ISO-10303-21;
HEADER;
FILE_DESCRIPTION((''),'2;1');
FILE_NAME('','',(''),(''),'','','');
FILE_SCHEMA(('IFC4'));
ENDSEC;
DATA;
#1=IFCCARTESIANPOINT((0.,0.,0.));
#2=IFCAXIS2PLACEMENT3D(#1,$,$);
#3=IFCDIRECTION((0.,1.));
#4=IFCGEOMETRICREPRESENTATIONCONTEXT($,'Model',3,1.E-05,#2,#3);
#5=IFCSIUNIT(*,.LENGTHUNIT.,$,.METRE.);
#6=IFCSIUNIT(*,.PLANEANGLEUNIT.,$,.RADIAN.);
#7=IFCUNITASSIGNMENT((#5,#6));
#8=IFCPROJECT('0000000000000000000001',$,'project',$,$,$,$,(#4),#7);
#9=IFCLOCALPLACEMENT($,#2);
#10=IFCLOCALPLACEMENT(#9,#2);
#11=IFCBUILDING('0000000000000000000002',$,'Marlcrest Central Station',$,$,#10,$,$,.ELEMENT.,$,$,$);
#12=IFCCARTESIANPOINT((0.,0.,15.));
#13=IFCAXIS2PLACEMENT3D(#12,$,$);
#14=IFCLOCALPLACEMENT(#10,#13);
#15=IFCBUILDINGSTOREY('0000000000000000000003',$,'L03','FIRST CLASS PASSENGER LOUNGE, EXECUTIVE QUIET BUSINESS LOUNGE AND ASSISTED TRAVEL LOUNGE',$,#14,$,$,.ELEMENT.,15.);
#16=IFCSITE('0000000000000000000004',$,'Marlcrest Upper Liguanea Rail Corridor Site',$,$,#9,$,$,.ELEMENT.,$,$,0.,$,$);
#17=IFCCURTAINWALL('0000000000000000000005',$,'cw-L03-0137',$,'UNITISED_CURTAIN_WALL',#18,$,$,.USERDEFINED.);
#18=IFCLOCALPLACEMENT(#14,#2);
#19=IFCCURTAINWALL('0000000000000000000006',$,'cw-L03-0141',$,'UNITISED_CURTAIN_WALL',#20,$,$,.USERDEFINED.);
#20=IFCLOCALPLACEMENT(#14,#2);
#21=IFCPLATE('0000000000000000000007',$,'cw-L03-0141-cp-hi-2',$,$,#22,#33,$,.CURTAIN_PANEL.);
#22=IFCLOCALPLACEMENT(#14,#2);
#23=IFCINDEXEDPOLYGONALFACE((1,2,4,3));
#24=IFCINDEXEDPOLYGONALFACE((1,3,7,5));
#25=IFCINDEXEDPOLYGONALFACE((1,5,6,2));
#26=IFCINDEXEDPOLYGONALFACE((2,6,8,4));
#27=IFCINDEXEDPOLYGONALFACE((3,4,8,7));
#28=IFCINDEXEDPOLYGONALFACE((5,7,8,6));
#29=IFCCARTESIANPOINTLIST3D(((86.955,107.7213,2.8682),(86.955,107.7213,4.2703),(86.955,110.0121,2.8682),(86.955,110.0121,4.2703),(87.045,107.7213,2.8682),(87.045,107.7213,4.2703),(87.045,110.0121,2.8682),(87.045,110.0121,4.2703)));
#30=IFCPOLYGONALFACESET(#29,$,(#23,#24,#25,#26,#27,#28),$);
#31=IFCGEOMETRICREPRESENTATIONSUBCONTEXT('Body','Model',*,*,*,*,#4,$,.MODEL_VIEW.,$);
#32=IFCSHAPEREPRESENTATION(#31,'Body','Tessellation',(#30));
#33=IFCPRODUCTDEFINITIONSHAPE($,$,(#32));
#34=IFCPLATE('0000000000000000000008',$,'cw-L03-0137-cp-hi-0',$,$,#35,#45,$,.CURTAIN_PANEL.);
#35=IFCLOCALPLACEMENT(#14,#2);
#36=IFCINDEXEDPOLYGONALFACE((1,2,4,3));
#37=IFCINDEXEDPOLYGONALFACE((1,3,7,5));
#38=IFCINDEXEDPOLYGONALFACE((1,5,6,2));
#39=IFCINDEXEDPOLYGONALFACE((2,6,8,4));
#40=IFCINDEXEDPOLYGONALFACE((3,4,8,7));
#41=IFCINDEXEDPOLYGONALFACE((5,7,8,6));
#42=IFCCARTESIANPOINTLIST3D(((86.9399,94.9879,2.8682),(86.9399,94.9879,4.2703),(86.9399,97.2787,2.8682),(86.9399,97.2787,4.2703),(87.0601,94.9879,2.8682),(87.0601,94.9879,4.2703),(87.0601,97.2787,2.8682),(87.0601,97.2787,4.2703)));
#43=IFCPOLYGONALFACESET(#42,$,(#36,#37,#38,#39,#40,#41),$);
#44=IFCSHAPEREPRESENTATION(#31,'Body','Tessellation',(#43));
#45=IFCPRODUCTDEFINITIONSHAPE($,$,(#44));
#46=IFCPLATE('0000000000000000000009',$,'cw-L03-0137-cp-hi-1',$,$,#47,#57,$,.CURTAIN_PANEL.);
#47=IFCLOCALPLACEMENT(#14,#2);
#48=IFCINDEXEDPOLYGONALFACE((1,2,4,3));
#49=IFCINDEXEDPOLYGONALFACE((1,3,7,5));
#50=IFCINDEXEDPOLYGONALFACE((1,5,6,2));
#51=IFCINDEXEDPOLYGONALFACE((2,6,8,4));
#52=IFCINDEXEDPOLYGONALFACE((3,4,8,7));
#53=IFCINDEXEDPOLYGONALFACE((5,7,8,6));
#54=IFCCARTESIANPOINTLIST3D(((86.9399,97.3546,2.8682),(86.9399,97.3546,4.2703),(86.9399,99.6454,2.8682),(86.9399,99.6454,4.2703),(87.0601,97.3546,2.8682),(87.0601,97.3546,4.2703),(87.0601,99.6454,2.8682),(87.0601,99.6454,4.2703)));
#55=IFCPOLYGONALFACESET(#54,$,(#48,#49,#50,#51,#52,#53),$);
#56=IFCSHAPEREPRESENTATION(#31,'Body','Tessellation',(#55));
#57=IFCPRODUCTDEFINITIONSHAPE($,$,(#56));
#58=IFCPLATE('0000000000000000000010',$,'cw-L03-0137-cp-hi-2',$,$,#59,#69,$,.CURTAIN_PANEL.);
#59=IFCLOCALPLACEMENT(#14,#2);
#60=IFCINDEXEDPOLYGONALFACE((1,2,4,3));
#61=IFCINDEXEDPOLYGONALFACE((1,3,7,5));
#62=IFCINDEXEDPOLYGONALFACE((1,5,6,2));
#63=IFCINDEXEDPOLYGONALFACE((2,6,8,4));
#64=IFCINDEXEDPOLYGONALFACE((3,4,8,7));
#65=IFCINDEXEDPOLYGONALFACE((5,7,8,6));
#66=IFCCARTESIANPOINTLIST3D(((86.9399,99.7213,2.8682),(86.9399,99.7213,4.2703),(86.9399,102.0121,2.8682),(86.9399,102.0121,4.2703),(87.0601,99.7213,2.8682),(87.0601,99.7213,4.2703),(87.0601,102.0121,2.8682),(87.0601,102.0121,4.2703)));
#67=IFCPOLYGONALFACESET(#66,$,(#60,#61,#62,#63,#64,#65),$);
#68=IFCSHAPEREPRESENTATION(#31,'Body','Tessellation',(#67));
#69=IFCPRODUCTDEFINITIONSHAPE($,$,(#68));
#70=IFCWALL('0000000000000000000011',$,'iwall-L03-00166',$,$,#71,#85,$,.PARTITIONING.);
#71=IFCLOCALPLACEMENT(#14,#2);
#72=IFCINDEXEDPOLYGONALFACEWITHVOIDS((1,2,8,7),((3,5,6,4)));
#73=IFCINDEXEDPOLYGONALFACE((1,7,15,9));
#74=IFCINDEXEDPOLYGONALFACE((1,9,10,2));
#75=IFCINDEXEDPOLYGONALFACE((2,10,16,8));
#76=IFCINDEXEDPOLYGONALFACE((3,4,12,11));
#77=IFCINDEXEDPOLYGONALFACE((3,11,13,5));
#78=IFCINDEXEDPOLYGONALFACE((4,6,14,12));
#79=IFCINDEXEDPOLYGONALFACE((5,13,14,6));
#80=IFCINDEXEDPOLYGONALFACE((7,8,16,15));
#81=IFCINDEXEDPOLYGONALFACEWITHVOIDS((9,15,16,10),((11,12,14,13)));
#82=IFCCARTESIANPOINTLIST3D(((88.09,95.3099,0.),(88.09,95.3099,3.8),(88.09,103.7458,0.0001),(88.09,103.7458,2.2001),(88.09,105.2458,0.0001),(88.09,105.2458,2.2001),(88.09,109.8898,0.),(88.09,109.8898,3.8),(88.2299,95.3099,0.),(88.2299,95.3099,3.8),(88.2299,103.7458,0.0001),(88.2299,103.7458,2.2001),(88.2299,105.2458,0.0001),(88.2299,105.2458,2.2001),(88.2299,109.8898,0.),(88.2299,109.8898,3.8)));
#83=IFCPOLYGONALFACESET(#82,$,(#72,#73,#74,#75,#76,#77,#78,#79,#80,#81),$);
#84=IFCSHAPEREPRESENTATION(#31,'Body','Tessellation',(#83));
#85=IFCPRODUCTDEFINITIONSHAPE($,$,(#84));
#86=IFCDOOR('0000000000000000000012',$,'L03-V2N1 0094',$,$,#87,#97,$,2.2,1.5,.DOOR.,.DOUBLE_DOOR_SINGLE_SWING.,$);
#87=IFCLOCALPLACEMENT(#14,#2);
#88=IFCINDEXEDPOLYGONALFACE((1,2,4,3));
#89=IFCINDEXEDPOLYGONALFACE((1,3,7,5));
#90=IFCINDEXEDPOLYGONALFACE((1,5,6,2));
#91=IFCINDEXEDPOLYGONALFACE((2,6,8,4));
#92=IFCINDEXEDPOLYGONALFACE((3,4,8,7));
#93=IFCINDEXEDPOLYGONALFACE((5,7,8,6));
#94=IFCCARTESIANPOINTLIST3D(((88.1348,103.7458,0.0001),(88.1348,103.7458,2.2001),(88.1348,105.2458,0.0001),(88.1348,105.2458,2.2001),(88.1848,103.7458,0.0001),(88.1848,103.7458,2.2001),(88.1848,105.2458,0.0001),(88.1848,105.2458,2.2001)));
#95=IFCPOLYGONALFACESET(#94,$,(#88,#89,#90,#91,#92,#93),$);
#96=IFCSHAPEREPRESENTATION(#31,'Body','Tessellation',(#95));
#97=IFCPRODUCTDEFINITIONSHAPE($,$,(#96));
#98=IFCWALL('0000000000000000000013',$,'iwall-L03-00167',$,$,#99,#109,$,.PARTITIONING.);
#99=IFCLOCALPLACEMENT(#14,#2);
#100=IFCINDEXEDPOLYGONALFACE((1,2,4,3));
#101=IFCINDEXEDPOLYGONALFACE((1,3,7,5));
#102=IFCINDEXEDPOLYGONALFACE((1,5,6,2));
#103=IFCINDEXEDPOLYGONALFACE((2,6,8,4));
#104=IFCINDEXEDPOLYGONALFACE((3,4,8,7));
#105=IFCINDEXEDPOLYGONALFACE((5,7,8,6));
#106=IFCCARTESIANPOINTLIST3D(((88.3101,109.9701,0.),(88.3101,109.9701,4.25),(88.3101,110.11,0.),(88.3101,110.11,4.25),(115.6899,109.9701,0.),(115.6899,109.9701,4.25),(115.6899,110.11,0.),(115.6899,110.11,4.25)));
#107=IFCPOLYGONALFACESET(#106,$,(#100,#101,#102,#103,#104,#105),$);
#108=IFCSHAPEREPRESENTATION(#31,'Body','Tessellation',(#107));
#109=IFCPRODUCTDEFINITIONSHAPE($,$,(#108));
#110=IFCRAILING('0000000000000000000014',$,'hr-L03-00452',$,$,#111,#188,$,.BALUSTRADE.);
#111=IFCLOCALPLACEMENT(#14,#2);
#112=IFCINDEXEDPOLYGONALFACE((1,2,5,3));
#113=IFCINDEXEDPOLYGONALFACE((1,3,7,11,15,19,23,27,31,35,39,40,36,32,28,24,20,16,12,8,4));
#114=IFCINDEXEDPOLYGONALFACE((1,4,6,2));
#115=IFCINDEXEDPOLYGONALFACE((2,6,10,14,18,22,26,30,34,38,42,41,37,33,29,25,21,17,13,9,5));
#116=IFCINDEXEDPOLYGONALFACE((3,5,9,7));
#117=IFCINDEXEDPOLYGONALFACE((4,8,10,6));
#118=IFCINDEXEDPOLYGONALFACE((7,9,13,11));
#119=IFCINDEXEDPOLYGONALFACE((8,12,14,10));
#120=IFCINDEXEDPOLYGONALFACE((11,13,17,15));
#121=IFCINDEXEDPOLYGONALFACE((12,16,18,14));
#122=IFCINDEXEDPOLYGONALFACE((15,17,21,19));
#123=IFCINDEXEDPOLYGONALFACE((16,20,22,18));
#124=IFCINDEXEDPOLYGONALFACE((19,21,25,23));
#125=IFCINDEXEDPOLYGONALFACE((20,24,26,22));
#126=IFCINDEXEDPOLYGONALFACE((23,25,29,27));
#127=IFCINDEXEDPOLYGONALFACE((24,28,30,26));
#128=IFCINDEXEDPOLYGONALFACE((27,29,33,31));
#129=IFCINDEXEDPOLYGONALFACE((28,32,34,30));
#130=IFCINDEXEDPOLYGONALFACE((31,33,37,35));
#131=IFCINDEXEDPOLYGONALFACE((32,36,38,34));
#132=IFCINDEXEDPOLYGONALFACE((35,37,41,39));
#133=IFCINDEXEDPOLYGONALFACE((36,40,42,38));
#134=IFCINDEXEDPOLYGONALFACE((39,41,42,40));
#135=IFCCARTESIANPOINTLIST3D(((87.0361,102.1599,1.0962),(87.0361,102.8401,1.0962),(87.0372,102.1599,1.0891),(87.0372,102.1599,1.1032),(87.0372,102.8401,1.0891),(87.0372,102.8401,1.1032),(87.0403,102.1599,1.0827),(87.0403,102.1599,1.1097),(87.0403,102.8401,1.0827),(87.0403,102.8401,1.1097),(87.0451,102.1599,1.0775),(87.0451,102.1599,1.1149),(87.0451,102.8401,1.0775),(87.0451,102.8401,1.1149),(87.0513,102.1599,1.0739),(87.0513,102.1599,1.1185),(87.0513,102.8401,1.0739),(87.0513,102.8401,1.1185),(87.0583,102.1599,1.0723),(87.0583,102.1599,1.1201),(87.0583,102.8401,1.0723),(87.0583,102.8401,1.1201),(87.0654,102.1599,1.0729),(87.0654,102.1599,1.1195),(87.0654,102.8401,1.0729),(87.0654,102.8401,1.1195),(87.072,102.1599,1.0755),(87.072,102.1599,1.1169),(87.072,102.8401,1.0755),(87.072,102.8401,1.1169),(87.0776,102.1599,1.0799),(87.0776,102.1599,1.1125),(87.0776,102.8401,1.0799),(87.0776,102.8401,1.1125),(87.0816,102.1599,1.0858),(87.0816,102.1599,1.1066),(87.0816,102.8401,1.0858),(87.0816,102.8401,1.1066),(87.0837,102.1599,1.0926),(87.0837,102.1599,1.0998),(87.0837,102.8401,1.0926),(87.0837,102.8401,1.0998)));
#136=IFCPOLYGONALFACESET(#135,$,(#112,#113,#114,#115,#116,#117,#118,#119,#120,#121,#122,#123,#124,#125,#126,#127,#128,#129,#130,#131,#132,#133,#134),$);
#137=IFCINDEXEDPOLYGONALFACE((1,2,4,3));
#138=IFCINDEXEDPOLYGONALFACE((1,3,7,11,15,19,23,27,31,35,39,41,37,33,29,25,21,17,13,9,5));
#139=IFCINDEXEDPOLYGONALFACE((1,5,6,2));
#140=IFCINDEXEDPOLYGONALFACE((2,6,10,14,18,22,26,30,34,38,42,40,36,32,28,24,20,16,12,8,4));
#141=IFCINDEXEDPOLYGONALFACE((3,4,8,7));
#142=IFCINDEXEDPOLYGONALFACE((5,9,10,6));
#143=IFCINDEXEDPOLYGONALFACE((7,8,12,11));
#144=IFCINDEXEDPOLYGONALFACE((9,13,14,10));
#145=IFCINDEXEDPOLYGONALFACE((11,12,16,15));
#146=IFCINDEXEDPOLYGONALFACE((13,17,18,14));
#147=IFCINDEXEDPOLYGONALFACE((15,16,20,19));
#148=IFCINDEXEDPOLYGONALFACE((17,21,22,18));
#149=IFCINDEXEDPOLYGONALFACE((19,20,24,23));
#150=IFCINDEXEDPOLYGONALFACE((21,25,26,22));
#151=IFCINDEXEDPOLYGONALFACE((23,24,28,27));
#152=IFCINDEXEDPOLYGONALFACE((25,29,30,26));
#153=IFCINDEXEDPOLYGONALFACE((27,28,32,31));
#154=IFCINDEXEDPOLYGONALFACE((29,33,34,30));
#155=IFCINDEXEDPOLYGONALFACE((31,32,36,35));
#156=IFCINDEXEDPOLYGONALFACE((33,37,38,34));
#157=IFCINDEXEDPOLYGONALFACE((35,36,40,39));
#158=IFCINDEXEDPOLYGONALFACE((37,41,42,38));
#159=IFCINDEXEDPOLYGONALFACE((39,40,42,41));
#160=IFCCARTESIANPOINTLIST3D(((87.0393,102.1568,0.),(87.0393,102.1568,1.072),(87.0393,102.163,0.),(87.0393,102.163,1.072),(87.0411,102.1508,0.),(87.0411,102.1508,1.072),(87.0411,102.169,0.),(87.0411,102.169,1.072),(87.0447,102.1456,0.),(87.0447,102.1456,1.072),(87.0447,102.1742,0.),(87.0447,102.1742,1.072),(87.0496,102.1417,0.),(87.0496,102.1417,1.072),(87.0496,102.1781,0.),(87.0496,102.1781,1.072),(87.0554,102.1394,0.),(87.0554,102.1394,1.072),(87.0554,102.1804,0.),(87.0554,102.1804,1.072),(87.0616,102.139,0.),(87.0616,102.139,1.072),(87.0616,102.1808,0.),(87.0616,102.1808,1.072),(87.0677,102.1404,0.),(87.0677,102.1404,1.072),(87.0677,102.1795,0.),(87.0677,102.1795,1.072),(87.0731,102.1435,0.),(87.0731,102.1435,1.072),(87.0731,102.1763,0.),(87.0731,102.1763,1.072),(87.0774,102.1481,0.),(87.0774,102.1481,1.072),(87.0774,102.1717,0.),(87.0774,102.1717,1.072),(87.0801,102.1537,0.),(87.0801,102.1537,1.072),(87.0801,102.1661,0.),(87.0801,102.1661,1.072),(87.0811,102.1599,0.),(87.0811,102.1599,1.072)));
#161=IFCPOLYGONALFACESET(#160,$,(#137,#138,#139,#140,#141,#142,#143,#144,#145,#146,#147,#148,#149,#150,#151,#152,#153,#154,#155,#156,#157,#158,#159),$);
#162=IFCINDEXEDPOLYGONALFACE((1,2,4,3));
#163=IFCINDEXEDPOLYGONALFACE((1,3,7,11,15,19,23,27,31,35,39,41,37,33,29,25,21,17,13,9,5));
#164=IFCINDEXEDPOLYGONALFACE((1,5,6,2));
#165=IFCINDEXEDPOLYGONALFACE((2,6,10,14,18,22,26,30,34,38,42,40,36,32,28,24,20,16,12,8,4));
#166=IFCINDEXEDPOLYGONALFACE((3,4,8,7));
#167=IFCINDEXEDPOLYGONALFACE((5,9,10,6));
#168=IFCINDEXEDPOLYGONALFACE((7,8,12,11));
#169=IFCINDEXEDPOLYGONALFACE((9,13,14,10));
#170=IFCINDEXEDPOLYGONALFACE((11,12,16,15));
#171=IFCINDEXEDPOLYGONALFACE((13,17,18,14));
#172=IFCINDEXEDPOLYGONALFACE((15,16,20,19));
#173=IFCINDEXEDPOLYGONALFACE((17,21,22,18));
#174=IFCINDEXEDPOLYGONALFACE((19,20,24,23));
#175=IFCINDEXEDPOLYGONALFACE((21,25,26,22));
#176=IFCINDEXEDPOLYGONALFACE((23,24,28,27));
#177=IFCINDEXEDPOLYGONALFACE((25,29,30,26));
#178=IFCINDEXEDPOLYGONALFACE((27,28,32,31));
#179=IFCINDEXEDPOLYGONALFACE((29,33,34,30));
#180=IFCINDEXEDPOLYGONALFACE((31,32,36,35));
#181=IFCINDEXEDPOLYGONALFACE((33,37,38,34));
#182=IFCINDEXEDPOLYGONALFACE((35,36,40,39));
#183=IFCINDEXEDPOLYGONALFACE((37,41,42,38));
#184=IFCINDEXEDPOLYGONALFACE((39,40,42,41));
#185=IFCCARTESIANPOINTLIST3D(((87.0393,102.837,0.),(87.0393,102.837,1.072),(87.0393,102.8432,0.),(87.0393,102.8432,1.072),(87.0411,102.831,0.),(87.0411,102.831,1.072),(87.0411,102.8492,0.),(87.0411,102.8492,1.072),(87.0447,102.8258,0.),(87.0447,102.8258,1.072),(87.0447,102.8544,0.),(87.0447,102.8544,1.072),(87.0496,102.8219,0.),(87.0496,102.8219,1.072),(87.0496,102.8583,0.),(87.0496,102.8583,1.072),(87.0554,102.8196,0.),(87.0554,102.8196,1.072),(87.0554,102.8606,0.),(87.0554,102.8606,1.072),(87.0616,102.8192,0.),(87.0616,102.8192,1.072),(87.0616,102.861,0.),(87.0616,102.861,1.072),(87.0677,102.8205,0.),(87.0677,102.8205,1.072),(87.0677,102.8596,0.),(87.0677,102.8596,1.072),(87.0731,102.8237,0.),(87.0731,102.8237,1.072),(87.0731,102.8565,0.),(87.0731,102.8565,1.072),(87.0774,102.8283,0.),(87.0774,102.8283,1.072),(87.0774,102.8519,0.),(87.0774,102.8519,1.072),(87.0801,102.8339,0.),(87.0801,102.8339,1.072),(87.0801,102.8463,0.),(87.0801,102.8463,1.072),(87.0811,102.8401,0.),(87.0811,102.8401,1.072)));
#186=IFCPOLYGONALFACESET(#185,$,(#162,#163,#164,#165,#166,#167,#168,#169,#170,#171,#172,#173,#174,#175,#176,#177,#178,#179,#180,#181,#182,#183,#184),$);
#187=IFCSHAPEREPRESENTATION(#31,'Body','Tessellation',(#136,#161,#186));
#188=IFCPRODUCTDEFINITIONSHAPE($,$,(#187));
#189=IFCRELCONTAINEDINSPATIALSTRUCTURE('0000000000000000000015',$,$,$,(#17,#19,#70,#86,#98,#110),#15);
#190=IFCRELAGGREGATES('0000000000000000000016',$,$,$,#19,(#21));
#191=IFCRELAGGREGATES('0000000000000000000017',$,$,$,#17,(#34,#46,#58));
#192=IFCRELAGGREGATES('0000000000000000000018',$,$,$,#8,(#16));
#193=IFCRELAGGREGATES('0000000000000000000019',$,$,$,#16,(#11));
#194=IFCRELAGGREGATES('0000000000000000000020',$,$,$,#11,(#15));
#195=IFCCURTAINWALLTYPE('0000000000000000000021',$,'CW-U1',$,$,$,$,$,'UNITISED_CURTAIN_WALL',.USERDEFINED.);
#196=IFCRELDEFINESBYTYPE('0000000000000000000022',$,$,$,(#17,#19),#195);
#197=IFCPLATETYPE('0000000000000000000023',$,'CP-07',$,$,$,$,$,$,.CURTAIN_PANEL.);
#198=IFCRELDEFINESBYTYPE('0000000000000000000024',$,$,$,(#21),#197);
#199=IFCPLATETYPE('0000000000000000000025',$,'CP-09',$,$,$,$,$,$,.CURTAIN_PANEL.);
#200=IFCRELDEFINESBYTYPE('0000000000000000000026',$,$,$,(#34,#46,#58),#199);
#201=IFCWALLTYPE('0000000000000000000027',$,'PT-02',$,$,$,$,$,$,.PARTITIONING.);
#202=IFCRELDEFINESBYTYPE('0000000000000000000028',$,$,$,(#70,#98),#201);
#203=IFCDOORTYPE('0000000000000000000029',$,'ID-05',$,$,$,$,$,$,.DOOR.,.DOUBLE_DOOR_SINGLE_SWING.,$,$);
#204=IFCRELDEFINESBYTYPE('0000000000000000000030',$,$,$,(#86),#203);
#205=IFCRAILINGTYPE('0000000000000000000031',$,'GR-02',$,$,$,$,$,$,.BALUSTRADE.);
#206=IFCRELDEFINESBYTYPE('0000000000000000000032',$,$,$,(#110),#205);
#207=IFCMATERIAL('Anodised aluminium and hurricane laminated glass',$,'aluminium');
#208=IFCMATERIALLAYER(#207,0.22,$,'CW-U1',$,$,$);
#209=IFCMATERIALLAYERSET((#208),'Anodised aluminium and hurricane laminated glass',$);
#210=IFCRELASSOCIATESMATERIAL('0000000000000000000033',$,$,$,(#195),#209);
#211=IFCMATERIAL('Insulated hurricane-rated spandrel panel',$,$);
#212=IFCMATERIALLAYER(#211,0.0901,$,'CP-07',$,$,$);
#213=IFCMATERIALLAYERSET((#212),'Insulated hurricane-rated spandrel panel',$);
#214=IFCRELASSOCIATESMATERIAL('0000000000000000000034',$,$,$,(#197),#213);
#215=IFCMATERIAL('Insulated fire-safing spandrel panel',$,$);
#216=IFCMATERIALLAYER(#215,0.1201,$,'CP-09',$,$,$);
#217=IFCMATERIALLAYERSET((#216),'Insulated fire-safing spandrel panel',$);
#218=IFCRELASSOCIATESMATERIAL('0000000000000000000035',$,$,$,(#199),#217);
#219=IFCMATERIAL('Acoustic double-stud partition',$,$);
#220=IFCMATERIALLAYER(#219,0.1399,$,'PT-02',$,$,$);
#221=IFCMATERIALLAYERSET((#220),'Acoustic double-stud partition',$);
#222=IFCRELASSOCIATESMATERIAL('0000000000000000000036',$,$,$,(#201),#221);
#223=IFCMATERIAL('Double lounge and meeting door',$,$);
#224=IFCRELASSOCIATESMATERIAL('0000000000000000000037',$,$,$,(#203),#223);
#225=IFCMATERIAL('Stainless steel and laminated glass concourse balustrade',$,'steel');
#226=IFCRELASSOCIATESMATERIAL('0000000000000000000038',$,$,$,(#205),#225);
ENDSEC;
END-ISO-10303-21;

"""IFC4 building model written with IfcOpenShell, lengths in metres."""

from ifc_helpers import new_model, si_unit, direction, frame, frame_2d, origin, origin_2d, place, context, subcontext, project, spatial, rectangle, circle, extrude, material, layer, layer_set, type_object, element, fill, aggregate, save


model = new_model("IFC4")

# Units and contexts
model_context = context("Model", 3, precision=1e-05, world=origin(), true_north=direction((0.0, 1.0)))
body_context = subcontext(model_context, "Body", "Model", "MODEL_VIEW")
ifc_project = project(units=[si_unit("LENGTHUNIT", "METRE"), si_unit("PLANEANGLEUNIT", "RADIAN")], contexts=[model_context])

# Site, building, storey
site_placement = place(None, origin())
site = spatial("IfcSite", under=ifc_project, at=site_placement, Name="Marlcrest Upper Liguanea Rail Corridor Site", CompositionType="ELEMENT", RefElevation=0.0)
building_placement = place(site_placement, origin())
building = spatial("IfcBuilding", under=site, at=building_placement, Name="Marlcrest Central Station", CompositionType="ELEMENT")
storey_placement = place(building_placement, frame((0.0, 0.0, 15.0)))
storey = spatial("IfcBuildingStorey", under=building, at=storey_placement, Name="L03", Description="FIRST CLASS PASSENGER LOUNGE, EXECUTIVE QUIET BUSINESS LOUNGE AND ASSISTED TRAVEL LOUNGE", CompositionType="ELEMENT", Elevation=15.0)

# Curtain walls
ifc_material_1 = material(Name="Anodised aluminium and hurricane laminated glass", Category="aluminium")
ifc_layer_1 = layer(ifc_material_1, 0.22, Name="CW-U1")
ifc_layer_set_1 = layer_set([ifc_layer_1], Name="Anodised aluminium and hurricane laminated glass")
curtain_wall_type = type_object("IfcCurtainWallType", Name="CW-U1", ElementType="UNITISED_CURTAIN_WALL", PredefinedType="USERDEFINED", material=ifc_layer_set_1)
curtain_wall_1_placement = place(storey_placement, origin())
curtain_wall_1 = element("IfcCurtainWall", 1, at=curtain_wall_1_placement, inside=storey, type_object=curtain_wall_type, Name="cw-L03-0137", ObjectType="UNITISED_CURTAIN_WALL", PredefinedType="USERDEFINED")
curtain_wall_2_placement = place(storey_placement, origin())
curtain_wall_2 = element("IfcCurtainWall", 2, at=curtain_wall_2_placement, inside=storey, type_object=curtain_wall_type, Name="cw-L03-0141", ObjectType="UNITISED_CURTAIN_WALL", PredefinedType="USERDEFINED")

# Plates
ifc_material_2 = material(Name="Insulated hurricane-rated spandrel panel")
ifc_layer_2 = layer(ifc_material_2, 0.0901, Name="CP-07")
ifc_layer_set_2 = layer_set([ifc_layer_2], Name="Insulated hurricane-rated spandrel panel")
plate_type_1 = type_object("IfcPlateType", Name="CP-07", PredefinedType="CURTAIN_PANEL", material=ifc_layer_set_2)
plate_1_placement = place(storey_placement, frame((87.0, 108.8667, 2.8682), z_axis=(0.0, 0.0, 1.0), x_axis=(0.0, 1.0, 0.0)))
plate_1 = element("IfcPlate", 3, at=plate_1_placement, type_object=plate_type_1, Name="cw-L03-0141-cp-hi-2", PredefinedType="CURTAIN_PANEL", context=body_context, shape_type="SweptSolid", body=[
    extrude(rectangle(XDim=2.2908, YDim=0.0901, at=origin_2d()), origin(), (0.0, 0.0, 1.0), 1.4021),
])
aggregate(curtain_wall_2, [plate_1])
ifc_material_3 = material(Name="Insulated fire-safing spandrel panel")
ifc_layer_3 = layer(ifc_material_3, 0.1201, Name="CP-09")
ifc_layer_set_3 = layer_set([ifc_layer_3], Name="Insulated fire-safing spandrel panel")
plate_type_2 = type_object("IfcPlateType", Name="CP-09", PredefinedType="CURTAIN_PANEL", material=ifc_layer_set_3)
plate_2_placement = place(storey_placement, frame((87.0, 96.1333, 2.8682), z_axis=(0.0, 0.0, 1.0), x_axis=(0.0, 1.0, 0.0)))
plate_2 = element("IfcPlate", 4, at=plate_2_placement, type_object=plate_type_2, Name="cw-L03-0137-cp-hi-0", PredefinedType="CURTAIN_PANEL", context=body_context, shape_type="SweptSolid", body=[
    extrude(rectangle(XDim=2.2908, YDim=0.1201, at=origin_2d()), origin(), (0.0, 0.0, 1.0), 1.4021),
])
plate_3_placement = place(storey_placement, frame((87.0, 98.5, 2.8682), z_axis=(0.0, 0.0, 1.0), x_axis=(0.0, 1.0, 0.0)))
plate_3 = element("IfcPlate", 5, at=plate_3_placement, type_object=plate_type_2, Name="cw-L03-0137-cp-hi-1", PredefinedType="CURTAIN_PANEL", context=body_context, shape_type="SweptSolid", body=[
    extrude(rectangle(XDim=2.2908, YDim=0.1201, at=origin_2d()), origin(), (0.0, 0.0, 1.0), 1.4021),
])
plate_4_placement = place(storey_placement, frame((87.0, 100.8667, 2.8682), z_axis=(0.0, 0.0, 1.0), x_axis=(0.0, 1.0, 0.0)))
plate_4 = element("IfcPlate", 6, at=plate_4_placement, type_object=plate_type_2, Name="cw-L03-0137-cp-hi-2", PredefinedType="CURTAIN_PANEL", context=body_context, shape_type="SweptSolid", body=[
    extrude(rectangle(XDim=2.2908, YDim=0.1201, at=origin_2d()), origin(), (0.0, 0.0, 1.0), 1.4021),
])
aggregate(curtain_wall_1, [plate_2, plate_3, plate_4])

# Wall, opening, door
ifc_material_4 = material(Name="Acoustic double-stud partition")
ifc_layer_4 = layer(ifc_material_4, 0.1399, Name="PT-02")
ifc_layer_set_4 = layer_set([ifc_layer_4], Name="Acoustic double-stud partition")
wall_type = type_object("IfcWallType", Name="PT-02", PredefinedType="PARTITIONING", material=ifc_layer_set_4)
wall_1_placement = place(storey_placement, frame((88.1599, 109.8899, 0.0), z_axis=(0.0, 0.0, 1.0), x_axis=(0.0, -1.0, 0.0)))
wall_1 = element("IfcWall", 7, at=wall_1_placement, inside=storey, type_object=wall_type, Name="iwall-L03-00166", PredefinedType="PARTITIONING", context=body_context, shape_type="SweptSolid", body=[
    extrude(rectangle(XDim=14.5798, YDim=0.1399, at=frame_2d((7.29, 0.0))), origin(), (0.0, 0.0, 1.0), 3.8),
])
opening_placement = place(wall_1_placement, frame((4.644, 0.0, 0.0)))
opening = element("IfcOpeningElement", 8, at=opening_placement, cuts=wall_1, PredefinedType="OPENING", context=body_context, shape_type="SweptSolid", body=[
    extrude(rectangle(XDim=1.5, YDim=2.2, at=frame_2d((0.75, 1.1001))), frame((0.0, 0.0798, 0.0), z_axis=(0.0, -1.0, 0.0), x_axis=(1.0, 0.0, 0.0)), (0.0, 0.0, 1.0), 0.1599),
])
ifc_material_5 = material(Name="Double lounge and meeting door")
door_type = type_object("IfcDoorType", Name="ID-05", OperationType="DOUBLE_DOOR_SINGLE_SWING", PredefinedType="DOOR", material=ifc_material_5)
door_placement = place(opening_placement, origin())
door = element("IfcDoor", 9, at=door_placement, inside=storey, type_object=door_type, Name="L03-V2N1 0094", OperationType="DOUBLE_DOOR_SINGLE_SWING", OverallHeight=2.2, OverallWidth=1.5, PredefinedType="DOOR", context=body_context, shape_type="SweptSolid", body=[
    extrude(rectangle(XDim=1.5, YDim=2.2, at=frame_2d((0.75, 1.1001))), frame((0.0, 0.0249, 0.0), z_axis=(0.0, -1.0, 0.0), x_axis=(1.0, 0.0, 0.0)), (0.0, 0.0, 1.0), 0.05),
])
fill(opening, door)

# Wall
wall_2_placement = place(storey_placement, frame((88.3101, 110.04, 0.0), z_axis=(0.0, 0.0, 1.0), x_axis=(1.0, 0.0, 0.0)))
element("IfcWall", 10, at=wall_2_placement, inside=storey, type_object=wall_type, Name="iwall-L03-00167", PredefinedType="PARTITIONING", context=body_context, shape_type="SweptSolid", body=[
    extrude(rectangle(XDim=27.3799, YDim=0.1399, at=frame_2d((13.6899, 0.0))), origin(), (0.0, 0.0, 1.0), 4.25),
])

# Railing
ifc_material_6 = material(Name="Stainless steel and laminated glass concourse balustrade", Category="steel")
railing_type = type_object("IfcRailingType", Name="GR-02", PredefinedType="BALUSTRADE", material=ifc_material_6)
railing_placement = place(storey_placement, frame((87.0601, 102.1599, 0.0)))
element("IfcRailing", 11, at=railing_placement, inside=storey, type_object=railing_type, Name="hr-L03-00452", PredefinedType="BALUSTRADE", context=body_context, shape_type="SweptSolid", body=[
    extrude(circle(Radius=0.0239, at=origin_2d()), frame((0.0, 0.0, 1.0962), z_axis=(0.0, 1.0, 0.0), x_axis=(-1.0, 0.0, 0.0)), (0.0, 0.0, 1.0), 0.6802),
    extrude(circle(Radius=0.021, at=origin_2d()), origin(), (0.0, 0.0, 1.0), 1.072),
    extrude(circle(Radius=0.021, at=origin_2d()), frame((0.0, 0.6802, 0.0)), (0.0, 0.0, 1.0), 1.072),
])

save(model, "model.ifc")
